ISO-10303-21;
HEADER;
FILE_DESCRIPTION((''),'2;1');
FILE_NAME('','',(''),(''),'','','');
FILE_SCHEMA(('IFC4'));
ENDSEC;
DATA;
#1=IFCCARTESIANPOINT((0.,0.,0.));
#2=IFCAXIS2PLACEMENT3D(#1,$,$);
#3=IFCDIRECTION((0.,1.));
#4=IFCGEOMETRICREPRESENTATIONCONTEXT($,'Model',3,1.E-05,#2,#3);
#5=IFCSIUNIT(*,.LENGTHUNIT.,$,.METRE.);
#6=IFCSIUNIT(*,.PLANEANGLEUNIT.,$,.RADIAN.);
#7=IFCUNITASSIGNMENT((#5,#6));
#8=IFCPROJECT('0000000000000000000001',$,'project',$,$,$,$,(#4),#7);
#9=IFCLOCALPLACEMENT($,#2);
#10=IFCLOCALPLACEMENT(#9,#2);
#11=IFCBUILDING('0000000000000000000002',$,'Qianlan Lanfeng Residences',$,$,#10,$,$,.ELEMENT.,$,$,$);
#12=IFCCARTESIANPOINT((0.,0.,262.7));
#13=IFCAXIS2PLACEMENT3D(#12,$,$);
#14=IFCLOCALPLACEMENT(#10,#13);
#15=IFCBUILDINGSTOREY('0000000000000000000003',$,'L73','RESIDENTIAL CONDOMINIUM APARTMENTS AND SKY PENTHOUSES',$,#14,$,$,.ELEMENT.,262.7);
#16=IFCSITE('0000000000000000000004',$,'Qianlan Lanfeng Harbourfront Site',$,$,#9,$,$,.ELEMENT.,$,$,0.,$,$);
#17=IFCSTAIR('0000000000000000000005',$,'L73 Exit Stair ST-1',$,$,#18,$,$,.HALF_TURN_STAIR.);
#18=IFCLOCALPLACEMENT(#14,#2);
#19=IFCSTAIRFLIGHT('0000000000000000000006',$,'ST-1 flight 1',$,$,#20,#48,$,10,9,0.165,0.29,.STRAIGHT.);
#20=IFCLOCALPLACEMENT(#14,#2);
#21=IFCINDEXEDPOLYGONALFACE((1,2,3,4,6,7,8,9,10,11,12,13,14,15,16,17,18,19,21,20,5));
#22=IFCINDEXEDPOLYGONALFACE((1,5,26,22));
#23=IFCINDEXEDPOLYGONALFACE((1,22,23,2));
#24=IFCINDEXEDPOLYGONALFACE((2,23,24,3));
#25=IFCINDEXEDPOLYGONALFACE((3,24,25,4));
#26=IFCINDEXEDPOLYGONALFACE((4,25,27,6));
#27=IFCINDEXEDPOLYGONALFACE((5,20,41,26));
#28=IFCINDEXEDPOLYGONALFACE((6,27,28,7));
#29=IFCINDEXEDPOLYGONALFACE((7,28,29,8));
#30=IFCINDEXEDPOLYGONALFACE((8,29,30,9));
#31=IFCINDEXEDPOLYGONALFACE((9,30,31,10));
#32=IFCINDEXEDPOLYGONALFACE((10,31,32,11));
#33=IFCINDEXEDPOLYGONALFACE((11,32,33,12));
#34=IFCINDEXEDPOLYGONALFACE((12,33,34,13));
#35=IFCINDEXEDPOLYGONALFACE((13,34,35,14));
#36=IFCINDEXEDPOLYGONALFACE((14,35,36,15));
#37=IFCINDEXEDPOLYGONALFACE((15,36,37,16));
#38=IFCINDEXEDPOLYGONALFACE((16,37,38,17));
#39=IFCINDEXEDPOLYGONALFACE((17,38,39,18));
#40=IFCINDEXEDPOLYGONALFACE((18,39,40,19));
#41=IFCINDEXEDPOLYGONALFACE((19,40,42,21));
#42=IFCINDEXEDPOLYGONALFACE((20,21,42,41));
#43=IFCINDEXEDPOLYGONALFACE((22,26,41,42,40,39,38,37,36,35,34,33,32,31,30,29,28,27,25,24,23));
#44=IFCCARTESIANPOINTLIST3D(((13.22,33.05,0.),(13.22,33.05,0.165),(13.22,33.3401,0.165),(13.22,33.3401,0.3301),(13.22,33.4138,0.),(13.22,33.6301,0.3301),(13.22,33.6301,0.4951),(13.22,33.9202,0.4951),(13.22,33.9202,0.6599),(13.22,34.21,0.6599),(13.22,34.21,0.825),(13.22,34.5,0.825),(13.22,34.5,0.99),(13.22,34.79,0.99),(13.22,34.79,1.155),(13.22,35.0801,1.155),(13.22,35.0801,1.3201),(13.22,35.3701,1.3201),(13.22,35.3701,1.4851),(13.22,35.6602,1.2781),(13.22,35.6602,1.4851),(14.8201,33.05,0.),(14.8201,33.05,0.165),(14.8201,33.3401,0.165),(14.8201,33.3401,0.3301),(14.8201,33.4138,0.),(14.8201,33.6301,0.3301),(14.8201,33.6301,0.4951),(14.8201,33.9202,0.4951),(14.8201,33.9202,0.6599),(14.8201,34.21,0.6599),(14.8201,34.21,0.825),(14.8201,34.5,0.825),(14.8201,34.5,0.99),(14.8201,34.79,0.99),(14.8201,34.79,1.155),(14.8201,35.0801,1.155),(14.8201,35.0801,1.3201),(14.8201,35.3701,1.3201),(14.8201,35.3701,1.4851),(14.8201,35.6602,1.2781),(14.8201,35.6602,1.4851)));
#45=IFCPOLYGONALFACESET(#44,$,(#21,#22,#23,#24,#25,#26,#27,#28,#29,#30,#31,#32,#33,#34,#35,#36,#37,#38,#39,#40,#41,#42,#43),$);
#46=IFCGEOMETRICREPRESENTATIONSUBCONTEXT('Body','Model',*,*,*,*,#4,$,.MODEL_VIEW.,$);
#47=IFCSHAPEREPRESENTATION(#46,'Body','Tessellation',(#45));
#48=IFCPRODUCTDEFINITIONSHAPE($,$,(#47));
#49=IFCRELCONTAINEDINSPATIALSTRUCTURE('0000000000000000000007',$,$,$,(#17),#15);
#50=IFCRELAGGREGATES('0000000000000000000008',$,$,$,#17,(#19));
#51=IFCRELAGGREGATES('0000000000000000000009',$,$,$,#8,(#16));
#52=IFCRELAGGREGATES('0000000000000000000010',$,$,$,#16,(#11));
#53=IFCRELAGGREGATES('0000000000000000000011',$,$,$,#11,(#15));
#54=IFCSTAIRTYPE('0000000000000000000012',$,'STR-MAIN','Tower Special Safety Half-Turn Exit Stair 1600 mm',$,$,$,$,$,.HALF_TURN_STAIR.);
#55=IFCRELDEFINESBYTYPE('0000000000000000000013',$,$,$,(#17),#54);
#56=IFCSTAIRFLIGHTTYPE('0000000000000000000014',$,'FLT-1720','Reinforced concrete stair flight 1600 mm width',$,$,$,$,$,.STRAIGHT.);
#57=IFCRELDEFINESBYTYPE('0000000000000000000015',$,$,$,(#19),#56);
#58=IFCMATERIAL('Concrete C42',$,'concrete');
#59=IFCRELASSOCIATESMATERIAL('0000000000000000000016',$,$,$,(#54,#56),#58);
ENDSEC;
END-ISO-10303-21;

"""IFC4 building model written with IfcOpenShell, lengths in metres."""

from ifc_helpers import new_model, si_unit, direction, frame, origin, place, context, subcontext, project, spatial, polyline, outline, extrude, material, type_object, element, aggregate, save


model = new_model("IFC4")

# Units and contexts
model_context = context("Model", 3, precision=1e-05, world=origin(), true_north=direction((0.0, 1.0)))
body_context = subcontext(model_context, "Body", "Model", "MODEL_VIEW")
ifc_project = project(units=[si_unit("LENGTHUNIT", "METRE"), si_unit("PLANEANGLEUNIT", "RADIAN")], contexts=[model_context])

# Site, building, storey
site_placement = place(None, origin())
site = spatial("IfcSite", under=ifc_project, at=site_placement, Name="Qianlan Lanfeng Harbourfront Site", CompositionType="ELEMENT", RefElevation=0.0)
building_placement = place(site_placement, origin())
building = spatial("IfcBuilding", under=site, at=building_placement, Name="Qianlan Lanfeng Residences", CompositionType="ELEMENT")
storey_placement = place(building_placement, frame((0.0, 0.0, 262.7)))
storey = spatial("IfcBuildingStorey", under=building, at=storey_placement, Name="L73", Description="RESIDENTIAL CONDOMINIUM APARTMENTS AND SKY PENTHOUSES", CompositionType="ELEMENT", Elevation=262.7)

# Stair, stair flight
ifc_material_1 = material(Name="Concrete C42", Category="concrete")
stair_type = type_object("IfcStairType", Name="STR-MAIN", Description="Tower Special Safety Half-Turn Exit Stair 1600 mm", PredefinedType="HALF_TURN_STAIR", material=ifc_material_1)
stair_placement = place(storey_placement, origin())
stair = element("IfcStair", 1, at=stair_placement, inside=storey, type_object=stair_type, Name="L73 Exit Stair ST-1", PredefinedType="HALF_TURN_STAIR")
stair_flight_type = type_object("IfcStairFlightType", Name="FLT-1720", Description="Reinforced concrete stair flight 1600 mm width", PredefinedType="STRAIGHT", material=ifc_material_1)
stair_flight_placement = place(storey_placement, frame((14.02, 33.05, 0.0), z_axis=(0.0, 0.0, 1.0), x_axis=(0.0, 1.0, 0.0)))
stair_flight = element("IfcStairFlight", 2, at=stair_flight_placement, type_object=stair_flight_type, Name="ST-1 flight 1", NumberOfRisers=10, NumberOfTreads=9, PredefinedType="STRAIGHT", RiserHeight=0.165, TreadLength=0.29, context=body_context, shape_type="SweptSolid", body=[
    extrude(outline(polyline([(0.0, 0.0), (0.0, 0.165), (0.29, 0.165), (0.29, 0.3301), (0.5801, 0.3301), (0.5801, 0.4951), (0.8701, 0.4951), (0.8701, 0.6599), (1.1599, 0.6599), (1.1599, 0.825), (1.45, 0.825), (1.45, 0.99), (1.74, 0.99), (1.74, 1.155), (2.03, 1.155), (2.03, 1.3201), (2.3201, 1.3201), (2.3201, 1.4851), (2.6101, 1.4851), (2.6101, 1.6499), (2.6101, 1.2781), (0.3638, 0.0), (0.0, 0.0)])), frame((0.0, 0.8, 0.0), z_axis=(0.0, -1.0, 0.0), x_axis=(1.0, 0.0, 0.0)), (0.0, 0.0, 1.0), 1.6001),
])
aggregate(stair, [stair_flight])

save(model, "model.ifc")
